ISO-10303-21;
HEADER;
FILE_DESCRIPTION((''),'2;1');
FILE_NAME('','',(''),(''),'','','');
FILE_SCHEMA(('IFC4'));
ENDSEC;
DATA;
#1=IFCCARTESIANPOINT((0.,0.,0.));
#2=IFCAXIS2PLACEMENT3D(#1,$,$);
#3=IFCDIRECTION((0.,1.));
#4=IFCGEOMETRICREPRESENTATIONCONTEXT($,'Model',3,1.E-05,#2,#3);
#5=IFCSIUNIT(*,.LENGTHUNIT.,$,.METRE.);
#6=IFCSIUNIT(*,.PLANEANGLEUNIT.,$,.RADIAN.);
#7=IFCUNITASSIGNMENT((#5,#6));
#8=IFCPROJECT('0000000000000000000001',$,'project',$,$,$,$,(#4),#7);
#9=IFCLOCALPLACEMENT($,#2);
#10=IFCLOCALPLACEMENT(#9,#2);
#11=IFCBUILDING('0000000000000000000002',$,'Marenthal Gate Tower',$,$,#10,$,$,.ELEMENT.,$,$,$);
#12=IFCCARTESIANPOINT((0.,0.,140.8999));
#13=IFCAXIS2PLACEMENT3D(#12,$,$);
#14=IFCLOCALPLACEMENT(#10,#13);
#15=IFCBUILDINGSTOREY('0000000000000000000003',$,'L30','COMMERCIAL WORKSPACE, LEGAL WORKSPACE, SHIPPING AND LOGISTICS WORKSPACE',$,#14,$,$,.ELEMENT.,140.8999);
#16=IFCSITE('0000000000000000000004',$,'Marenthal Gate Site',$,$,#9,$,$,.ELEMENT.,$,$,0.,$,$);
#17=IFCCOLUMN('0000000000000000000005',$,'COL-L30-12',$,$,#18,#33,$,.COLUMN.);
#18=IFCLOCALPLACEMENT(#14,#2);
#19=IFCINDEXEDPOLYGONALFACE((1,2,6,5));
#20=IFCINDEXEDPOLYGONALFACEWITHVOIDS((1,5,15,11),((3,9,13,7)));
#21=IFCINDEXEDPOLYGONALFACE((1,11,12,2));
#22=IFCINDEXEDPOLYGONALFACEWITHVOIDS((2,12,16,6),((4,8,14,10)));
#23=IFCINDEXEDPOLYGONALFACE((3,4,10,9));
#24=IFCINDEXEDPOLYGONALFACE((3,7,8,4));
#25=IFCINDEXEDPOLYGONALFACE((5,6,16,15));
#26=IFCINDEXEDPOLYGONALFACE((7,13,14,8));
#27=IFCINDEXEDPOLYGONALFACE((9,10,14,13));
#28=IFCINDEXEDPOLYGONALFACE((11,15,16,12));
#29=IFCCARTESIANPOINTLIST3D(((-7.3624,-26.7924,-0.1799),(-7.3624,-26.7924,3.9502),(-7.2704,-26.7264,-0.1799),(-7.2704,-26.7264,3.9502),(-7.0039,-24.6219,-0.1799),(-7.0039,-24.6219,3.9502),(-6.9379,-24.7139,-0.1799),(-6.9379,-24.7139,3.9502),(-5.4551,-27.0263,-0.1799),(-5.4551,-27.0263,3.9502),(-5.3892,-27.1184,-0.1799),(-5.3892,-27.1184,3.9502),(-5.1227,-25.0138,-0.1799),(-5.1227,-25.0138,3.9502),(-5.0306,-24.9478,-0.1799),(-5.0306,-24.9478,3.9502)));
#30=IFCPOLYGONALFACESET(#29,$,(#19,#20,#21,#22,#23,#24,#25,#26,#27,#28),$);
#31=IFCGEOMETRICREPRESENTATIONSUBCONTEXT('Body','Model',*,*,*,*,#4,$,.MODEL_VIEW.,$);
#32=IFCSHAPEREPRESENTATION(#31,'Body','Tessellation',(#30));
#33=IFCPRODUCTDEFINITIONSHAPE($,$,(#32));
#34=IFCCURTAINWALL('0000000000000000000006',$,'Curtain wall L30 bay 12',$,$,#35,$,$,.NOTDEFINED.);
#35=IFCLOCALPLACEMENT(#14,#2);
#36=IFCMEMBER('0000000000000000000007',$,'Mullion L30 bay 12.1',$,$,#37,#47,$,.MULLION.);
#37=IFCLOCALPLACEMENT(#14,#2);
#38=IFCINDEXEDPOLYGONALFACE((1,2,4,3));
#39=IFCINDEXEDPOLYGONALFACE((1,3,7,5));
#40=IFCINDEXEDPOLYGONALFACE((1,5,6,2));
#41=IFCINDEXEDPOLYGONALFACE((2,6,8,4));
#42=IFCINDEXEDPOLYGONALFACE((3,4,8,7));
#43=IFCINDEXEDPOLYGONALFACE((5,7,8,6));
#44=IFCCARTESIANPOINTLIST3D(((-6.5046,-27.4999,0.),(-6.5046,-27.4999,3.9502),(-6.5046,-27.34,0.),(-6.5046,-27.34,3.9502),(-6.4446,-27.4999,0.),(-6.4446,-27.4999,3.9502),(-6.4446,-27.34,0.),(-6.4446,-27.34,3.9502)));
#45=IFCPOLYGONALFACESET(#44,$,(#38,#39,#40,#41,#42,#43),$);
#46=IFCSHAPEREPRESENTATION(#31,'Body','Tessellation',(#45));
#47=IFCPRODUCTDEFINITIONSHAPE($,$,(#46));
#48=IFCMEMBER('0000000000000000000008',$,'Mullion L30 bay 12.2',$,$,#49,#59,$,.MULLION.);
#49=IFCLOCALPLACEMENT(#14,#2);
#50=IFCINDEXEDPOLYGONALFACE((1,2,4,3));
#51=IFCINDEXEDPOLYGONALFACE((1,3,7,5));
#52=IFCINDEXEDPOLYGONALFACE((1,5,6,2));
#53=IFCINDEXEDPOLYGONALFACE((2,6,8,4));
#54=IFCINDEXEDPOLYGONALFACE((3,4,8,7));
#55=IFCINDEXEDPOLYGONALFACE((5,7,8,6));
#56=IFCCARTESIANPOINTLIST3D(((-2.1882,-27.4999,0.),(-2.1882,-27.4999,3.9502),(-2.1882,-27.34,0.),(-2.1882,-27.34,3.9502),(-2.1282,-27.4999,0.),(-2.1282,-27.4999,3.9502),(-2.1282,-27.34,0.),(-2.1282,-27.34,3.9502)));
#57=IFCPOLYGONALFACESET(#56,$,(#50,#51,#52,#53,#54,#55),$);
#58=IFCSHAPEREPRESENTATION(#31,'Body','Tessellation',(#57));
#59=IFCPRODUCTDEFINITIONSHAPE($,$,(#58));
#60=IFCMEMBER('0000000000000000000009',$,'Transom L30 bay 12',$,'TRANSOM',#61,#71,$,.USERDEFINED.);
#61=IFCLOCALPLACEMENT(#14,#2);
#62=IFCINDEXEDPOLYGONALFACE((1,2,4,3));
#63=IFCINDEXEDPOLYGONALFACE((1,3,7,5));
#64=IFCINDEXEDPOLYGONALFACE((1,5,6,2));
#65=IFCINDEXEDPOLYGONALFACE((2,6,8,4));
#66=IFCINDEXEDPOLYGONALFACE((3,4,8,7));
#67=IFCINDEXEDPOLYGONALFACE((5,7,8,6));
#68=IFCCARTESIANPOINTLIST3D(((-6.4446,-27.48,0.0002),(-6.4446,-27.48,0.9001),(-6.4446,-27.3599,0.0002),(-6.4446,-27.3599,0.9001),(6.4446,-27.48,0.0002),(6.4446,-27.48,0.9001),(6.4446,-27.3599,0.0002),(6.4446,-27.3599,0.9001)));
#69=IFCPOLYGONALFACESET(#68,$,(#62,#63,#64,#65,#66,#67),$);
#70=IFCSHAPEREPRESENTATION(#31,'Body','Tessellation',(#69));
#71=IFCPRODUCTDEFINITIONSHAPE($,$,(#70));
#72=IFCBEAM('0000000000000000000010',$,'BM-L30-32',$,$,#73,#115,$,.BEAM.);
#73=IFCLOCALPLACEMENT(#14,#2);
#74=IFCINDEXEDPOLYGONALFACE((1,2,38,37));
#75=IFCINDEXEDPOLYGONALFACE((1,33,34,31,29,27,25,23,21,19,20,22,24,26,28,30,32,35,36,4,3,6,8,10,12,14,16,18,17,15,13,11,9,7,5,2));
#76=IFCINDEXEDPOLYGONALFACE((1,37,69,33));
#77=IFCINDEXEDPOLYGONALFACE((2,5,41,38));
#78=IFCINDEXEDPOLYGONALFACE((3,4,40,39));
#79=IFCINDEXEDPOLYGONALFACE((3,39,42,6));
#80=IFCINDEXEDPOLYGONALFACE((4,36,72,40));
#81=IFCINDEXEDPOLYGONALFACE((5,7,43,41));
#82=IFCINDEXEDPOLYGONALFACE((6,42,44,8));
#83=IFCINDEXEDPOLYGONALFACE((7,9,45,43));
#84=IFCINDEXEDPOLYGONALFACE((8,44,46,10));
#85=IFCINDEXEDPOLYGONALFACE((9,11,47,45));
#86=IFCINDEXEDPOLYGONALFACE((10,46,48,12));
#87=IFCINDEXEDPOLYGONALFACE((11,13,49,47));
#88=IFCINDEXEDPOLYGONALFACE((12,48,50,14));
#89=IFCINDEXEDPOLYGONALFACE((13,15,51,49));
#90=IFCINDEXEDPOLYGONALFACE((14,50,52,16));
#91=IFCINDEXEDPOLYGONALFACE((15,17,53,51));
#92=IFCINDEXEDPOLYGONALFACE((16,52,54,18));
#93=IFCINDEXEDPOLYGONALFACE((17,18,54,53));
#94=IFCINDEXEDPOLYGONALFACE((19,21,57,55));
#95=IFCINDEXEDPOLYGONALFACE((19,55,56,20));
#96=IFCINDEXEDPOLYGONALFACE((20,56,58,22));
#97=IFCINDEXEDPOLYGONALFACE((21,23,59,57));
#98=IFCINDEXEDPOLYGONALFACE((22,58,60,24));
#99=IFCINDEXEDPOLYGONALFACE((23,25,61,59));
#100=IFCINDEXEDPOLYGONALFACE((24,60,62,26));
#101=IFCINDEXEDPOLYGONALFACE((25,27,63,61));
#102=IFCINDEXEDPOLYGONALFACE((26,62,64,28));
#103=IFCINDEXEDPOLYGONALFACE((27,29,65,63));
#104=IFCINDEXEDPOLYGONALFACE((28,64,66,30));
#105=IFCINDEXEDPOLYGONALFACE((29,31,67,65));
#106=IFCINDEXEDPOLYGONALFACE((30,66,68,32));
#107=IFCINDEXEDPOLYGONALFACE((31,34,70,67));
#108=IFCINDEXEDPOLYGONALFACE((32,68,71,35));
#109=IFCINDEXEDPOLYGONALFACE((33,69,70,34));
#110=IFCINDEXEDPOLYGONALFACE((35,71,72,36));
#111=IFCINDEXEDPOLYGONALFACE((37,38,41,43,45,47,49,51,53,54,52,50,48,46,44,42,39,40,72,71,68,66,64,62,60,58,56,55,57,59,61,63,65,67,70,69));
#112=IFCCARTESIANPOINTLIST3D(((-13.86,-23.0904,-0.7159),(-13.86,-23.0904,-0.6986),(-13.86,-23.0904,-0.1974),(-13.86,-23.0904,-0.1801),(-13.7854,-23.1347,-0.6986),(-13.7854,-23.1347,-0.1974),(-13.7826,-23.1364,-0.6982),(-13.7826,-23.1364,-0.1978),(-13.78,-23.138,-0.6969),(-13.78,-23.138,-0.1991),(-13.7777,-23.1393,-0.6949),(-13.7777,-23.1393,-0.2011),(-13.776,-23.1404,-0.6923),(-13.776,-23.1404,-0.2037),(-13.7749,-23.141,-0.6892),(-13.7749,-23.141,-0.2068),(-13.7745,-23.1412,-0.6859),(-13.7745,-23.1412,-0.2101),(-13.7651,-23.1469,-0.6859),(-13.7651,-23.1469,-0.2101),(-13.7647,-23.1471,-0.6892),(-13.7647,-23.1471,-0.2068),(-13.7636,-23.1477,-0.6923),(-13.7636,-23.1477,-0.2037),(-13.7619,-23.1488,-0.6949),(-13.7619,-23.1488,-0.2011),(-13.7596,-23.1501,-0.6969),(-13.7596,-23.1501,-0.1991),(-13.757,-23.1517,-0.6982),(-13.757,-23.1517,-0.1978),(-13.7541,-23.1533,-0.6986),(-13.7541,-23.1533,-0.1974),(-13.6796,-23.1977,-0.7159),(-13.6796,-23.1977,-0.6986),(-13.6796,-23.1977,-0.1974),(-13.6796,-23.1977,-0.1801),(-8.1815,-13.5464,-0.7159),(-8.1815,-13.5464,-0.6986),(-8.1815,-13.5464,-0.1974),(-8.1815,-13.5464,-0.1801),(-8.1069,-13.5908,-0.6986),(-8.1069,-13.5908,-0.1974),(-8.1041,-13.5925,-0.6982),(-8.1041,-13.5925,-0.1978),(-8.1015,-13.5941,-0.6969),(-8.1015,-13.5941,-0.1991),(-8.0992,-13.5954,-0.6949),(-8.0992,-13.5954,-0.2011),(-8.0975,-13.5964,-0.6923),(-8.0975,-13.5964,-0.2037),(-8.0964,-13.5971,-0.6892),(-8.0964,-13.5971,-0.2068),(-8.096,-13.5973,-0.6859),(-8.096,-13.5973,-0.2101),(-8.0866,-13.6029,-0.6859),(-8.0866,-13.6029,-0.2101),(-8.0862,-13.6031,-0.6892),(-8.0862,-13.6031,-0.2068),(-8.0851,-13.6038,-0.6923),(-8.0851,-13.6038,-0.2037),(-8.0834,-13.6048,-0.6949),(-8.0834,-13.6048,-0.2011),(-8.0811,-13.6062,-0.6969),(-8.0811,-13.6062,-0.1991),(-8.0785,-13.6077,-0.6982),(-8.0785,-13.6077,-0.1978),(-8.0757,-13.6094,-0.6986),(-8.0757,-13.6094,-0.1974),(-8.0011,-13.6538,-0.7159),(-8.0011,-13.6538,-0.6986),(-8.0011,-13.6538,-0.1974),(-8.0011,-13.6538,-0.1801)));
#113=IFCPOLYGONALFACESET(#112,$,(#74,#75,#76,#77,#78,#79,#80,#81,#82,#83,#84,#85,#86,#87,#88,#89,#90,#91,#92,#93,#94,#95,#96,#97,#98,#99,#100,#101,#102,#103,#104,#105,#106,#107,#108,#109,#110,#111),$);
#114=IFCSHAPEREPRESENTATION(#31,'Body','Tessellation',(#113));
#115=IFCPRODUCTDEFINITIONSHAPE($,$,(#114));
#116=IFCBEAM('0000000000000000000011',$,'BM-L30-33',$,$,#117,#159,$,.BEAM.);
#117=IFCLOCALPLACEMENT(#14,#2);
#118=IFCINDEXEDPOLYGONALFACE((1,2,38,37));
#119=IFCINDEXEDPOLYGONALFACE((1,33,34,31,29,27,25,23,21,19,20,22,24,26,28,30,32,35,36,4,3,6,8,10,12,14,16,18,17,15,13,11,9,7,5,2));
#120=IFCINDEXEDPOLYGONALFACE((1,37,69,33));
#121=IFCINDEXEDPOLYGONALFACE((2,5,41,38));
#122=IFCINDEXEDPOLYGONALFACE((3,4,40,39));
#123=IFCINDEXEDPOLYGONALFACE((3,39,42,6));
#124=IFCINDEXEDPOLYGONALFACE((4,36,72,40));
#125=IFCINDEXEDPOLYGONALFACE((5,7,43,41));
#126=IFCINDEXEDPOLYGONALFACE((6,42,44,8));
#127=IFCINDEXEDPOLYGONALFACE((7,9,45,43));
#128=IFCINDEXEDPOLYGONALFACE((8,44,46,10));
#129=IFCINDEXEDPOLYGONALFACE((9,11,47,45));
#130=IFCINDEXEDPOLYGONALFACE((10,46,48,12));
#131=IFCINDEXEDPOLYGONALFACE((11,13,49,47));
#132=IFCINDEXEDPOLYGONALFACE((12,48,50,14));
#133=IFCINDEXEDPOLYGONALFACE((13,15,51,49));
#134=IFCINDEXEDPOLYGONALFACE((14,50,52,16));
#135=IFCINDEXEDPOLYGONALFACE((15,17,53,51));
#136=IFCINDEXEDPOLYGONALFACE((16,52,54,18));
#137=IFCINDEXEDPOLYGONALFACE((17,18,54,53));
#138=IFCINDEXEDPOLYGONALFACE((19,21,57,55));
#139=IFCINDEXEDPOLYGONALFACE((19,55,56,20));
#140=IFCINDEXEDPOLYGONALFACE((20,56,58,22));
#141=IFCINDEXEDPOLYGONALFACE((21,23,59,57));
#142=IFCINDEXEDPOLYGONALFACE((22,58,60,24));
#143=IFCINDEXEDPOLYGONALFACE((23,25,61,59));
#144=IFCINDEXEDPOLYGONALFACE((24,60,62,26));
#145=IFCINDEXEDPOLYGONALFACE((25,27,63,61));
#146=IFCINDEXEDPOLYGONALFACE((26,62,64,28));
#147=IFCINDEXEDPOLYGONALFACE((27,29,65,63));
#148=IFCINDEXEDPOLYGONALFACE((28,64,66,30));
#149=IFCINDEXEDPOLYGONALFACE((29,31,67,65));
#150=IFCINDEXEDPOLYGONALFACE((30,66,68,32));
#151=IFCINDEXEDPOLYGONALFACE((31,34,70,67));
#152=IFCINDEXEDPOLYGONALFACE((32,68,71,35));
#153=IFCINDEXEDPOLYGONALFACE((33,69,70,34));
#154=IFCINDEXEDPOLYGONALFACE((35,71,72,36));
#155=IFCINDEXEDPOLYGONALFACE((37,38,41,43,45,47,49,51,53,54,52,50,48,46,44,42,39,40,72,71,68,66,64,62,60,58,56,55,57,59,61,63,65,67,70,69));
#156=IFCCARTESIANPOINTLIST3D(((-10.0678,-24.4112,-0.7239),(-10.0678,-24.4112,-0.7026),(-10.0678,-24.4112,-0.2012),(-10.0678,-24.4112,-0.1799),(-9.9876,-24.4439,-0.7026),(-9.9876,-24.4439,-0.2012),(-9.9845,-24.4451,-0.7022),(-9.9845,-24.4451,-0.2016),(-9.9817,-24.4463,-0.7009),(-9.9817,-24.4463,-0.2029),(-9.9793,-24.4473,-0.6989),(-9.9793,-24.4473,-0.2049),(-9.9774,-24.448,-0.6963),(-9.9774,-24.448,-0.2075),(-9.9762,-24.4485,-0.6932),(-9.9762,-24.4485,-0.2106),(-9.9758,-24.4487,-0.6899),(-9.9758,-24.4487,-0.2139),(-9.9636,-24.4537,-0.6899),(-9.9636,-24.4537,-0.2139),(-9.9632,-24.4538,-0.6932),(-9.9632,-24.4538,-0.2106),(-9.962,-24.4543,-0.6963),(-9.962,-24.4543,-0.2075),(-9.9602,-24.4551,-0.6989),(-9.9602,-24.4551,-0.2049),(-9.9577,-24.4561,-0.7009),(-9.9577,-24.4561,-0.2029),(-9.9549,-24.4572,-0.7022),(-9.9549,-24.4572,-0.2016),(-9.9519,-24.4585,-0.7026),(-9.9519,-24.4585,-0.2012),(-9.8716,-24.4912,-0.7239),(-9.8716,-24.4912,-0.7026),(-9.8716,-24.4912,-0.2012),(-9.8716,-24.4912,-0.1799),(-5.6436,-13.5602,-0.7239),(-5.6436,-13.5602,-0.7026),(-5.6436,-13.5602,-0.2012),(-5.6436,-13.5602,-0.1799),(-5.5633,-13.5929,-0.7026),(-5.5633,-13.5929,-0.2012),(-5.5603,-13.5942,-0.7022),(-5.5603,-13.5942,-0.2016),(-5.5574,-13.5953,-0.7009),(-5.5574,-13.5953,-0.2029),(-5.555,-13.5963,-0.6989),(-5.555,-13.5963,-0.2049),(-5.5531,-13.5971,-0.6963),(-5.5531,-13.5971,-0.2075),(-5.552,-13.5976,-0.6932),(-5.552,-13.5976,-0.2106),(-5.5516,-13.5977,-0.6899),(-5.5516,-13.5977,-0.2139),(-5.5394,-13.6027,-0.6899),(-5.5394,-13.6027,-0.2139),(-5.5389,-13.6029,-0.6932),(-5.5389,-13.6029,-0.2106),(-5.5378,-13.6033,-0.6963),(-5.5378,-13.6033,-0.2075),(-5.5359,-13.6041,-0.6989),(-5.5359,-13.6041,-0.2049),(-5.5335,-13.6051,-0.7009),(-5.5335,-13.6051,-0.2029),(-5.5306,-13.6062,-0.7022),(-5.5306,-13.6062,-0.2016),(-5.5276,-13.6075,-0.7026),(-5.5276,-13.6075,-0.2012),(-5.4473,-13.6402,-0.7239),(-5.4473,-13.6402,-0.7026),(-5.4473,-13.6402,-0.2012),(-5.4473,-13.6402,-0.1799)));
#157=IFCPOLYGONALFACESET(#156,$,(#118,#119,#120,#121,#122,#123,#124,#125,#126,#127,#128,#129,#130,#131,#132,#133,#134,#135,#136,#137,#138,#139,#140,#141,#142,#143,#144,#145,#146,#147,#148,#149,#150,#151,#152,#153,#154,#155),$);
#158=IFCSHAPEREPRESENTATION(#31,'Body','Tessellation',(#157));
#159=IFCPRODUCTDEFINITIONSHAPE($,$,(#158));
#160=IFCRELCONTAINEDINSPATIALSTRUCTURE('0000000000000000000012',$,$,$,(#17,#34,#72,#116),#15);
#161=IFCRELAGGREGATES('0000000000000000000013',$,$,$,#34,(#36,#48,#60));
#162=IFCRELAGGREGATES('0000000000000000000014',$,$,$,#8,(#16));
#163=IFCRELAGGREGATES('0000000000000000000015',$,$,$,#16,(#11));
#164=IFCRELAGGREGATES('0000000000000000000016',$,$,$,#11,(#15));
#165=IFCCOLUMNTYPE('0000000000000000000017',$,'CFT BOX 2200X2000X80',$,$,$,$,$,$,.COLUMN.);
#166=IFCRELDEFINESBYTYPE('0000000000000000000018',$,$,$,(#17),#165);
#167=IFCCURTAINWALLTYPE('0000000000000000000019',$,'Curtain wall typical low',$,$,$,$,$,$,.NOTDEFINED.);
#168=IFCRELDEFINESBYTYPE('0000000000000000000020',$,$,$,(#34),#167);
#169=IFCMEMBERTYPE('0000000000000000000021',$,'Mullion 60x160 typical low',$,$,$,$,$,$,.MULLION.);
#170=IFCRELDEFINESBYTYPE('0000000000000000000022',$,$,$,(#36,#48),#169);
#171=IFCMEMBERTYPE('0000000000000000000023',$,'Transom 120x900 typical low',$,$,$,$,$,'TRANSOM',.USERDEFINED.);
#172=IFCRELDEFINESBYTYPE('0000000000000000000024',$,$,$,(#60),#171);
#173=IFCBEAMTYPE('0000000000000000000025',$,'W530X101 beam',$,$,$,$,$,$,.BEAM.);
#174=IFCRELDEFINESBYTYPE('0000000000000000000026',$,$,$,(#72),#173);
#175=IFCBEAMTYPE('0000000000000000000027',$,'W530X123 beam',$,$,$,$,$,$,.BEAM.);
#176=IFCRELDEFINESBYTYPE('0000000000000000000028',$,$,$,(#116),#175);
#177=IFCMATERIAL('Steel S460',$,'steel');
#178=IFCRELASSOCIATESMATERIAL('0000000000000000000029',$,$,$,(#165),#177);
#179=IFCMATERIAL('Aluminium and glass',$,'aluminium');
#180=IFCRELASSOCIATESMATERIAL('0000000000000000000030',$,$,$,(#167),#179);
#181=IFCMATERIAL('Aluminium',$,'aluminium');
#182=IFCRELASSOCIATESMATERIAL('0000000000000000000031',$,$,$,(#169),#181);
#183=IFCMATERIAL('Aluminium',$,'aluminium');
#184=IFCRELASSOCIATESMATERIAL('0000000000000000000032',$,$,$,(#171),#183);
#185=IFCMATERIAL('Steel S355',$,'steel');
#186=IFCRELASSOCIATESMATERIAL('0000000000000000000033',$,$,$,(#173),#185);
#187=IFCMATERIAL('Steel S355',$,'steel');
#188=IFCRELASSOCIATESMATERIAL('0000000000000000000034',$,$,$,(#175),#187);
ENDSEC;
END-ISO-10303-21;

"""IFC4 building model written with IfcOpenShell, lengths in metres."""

from ifc_helpers import new_model, si_unit, direction, frame, origin, origin_2d, place, context, subcontext, project, spatial, rectangle, hollow_rectangle, i_section, extrude, material, material_profile, profile_set, type_object, element, aggregate, save


model = new_model("IFC4")

# Units and contexts
model_context = context("Model", 3, precision=1e-05, world=origin(), true_north=direction((0.0, 1.0)))
body_context = subcontext(model_context, "Body", "Model", "MODEL_VIEW")
ifc_project = project(units=[si_unit("LENGTHUNIT", "METRE"), si_unit("PLANEANGLEUNIT", "RADIAN")], contexts=[model_context])

# Site, building, storey
site_placement = place(None, origin())
site = spatial("IfcSite", under=ifc_project, at=site_placement, Name="Marenthal Gate Site", CompositionType="ELEMENT", RefElevation=0.0)
building_placement = place(site_placement, origin())
building = spatial("IfcBuilding", under=site, at=building_placement, Name="Marenthal Gate Tower", CompositionType="ELEMENT")
storey_placement = place(building_placement, frame((0.0, 0.0, 140.8999)))
storey = spatial("IfcBuildingStorey", under=building, at=storey_placement, Name="L30", Description="COMMERCIAL WORKSPACE, LEGAL WORKSPACE, SHIPPING AND LOGISTICS WORKSPACE", CompositionType="ELEMENT", Elevation=140.8999)

# Column
ifc_material_1 = material(Name="Steel S460", Category="steel")
ifc_material_profile_1 = material_profile(ifc_material_1, hollow_rectangle(XDim=2.0, YDim=2.2, WallThickness=0.0801, at=origin_2d()), Name="CFT BOX 2200X2000X80")
ifc_material_2 = material(Name="Concrete 70 MPa", Category="concrete")
ifc_material_profile_2 = material_profile(ifc_material_2, rectangle(XDim=1.8401, YDim=2.04, at=origin_2d()), Name="CFT BOX 2200X2000X80 INFILL")
ifc_profile_set_1 = profile_set([ifc_material_profile_1, ifc_material_profile_2], Name="Steel S460 shell, Concrete 70 MPa infill")
column_type = type_object("IfcColumnType", Name="CFT BOX 2200X2000X80", PredefinedType="COLUMN", material=ifc_profile_set_1)
column_placement = place(storey_placement, frame((-6.1965, -25.8701, -0.1799), z_axis=(0.0, 0.0, 1.0), x_axis=(-0.986629, 0.16298, 0.0)))
element("IfcColumn", 1, at=column_placement, inside=storey, type_object=column_type, Name="COL-L30-12", PredefinedType="COLUMN", context=body_context, shape_type="SweptSolid", body=[
    extrude(hollow_rectangle(XDim=2.0, YDim=2.2, WallThickness=0.0801, at=origin_2d()), origin(), (0.0, 0.0, 1.0), 4.1301),
])

# Curtain wall, members
ifc_material_3 = material(Name="Aluminium and glass", Category="aluminium")
curtain_wall_type = type_object("IfcCurtainWallType", Name="Curtain wall typical low", PredefinedType="NOTDEFINED", material=ifc_material_3)
curtain_wall_placement = place(storey_placement, origin())
curtain_wall = element("IfcCurtainWall", 2, at=curtain_wall_placement, inside=storey, type_object=curtain_wall_type, Name="Curtain wall L30 bay 12", PredefinedType="NOTDEFINED")
ifc_material_4 = material(Name="Aluminium", Category="aluminium")
ifc_material_profile_3 = material_profile(ifc_material_4, rectangle(XDim=0.1599, YDim=0.0601, at=origin_2d()), Name="60x160 aluminium mullion")
ifc_profile_set_2 = profile_set([ifc_material_profile_3], Name="Aluminium")
member_type_1 = type_object("IfcMemberType", Name="Mullion 60x160 typical low", PredefinedType="MULLION", material=ifc_profile_set_2)
member_1_placement = place(storey_placement, frame((-6.4746, -27.4199, 0.0), z_axis=(0.0, 0.0, 1.0), x_axis=(0.0, 1.0, 0.0)))
member_1 = element("IfcMember", 3, at=member_1_placement, type_object=member_type_1, Name="Mullion L30 bay 12.1", PredefinedType="MULLION", context=body_context, shape_type="SweptSolid", body=[
    extrude(rectangle(XDim=0.1599, YDim=0.0601, at=origin_2d()), origin(), (0.0, 0.0, 1.0), 3.9502),
])
member_2_placement = place(storey_placement, frame((-2.1582, -27.4199, 0.0), z_axis=(0.0, 0.0, 1.0), x_axis=(0.0, 1.0, 0.0)))
member_2 = element("IfcMember", 4, at=member_2_placement, type_object=member_type_1, Name="Mullion L30 bay 12.2", PredefinedType="MULLION", context=body_context, shape_type="SweptSolid", body=[
    extrude(rectangle(XDim=0.1599, YDim=0.0601, at=origin_2d()), origin(), (0.0, 0.0, 1.0), 3.9502),
])
ifc_material_5 = material(Name="Aluminium", Category="aluminium")
ifc_material_profile_4 = material_profile(ifc_material_5, rectangle(XDim=0.1201, YDim=0.8999, at=origin_2d()), Name="120x900 aluminium transom")
ifc_profile_set_3 = profile_set([ifc_material_profile_4], Name="Aluminium")
member_type_2 = type_object("IfcMemberType", Name="Transom 120x900 typical low", ElementType="TRANSOM", PredefinedType="USERDEFINED", material=ifc_profile_set_3)
member_3_placement = place(storey_placement, frame((-6.4446, -27.4199, 0.4502), z_axis=(1.0, 0.0, 0.0), x_axis=(0.0, 1.0, 0.0)))
member_3 = element("IfcMember", 5, at=member_3_placement, type_object=member_type_2, Name="Transom L30 bay 12", ObjectType="TRANSOM", PredefinedType="USERDEFINED", context=body_context, shape_type="SweptSolid", body=[
    extrude(rectangle(XDim=0.1201, YDim=0.8999, at=origin_2d()), origin(), (0.0, 0.0, 1.0), 12.8892),
])

# Beams
ifc_material_6 = material(Name="Steel S355", Category="steel")
ifc_material_profile_5 = material_profile(ifc_material_6, i_section(OverallWidth=0.21, OverallDepth=0.5359, WebThickness=0.011, FlangeThickness=0.0173, FilletRadius=0.0127, at=origin_2d()), Name="W530X101")
ifc_profile_set_4 = profile_set([ifc_material_profile_5], Name="Steel S355")
beam_type_1 = type_object("IfcBeamType", Name="W530X101 beam", PredefinedType="BEAM", material=ifc_profile_set_4)
beam_1_placement = place(storey_placement, frame((-13.7698, -23.144, -0.448), z_axis=(0.511321, 0.85939, 0.0), x_axis=(-0.85939, 0.511321, 0.0)))
element("IfcBeam", 6, at=beam_1_placement, inside=storey, type_object=beam_type_1, Name="BM-L30-32", PredefinedType="BEAM", context=body_context, shape_type="SweptSolid", body=[
    extrude(i_section(OverallWidth=0.21, OverallDepth=0.5359, WebThickness=0.011, FlangeThickness=0.0173, FilletRadius=0.0127, at=origin_2d()), origin(), (0.0, 0.0, 1.0), 11.1055),
])
ifc_material_7 = material(Name="Steel S355", Category="steel")
ifc_material_profile_6 = material_profile(ifc_material_7, i_section(OverallWidth=0.2119, OverallDepth=0.5439, WebThickness=0.0132, FlangeThickness=0.0212, FilletRadius=0.0127, at=origin_2d()), Name="W530X123")
ifc_profile_set_5 = profile_set([ifc_material_profile_6], Name="Steel S355")
beam_type_2 = type_object("IfcBeamType", Name="W530X123 beam", PredefinedType="BEAM", material=ifc_profile_set_5)
beam_2_placement = place(storey_placement, frame((-9.9697, -24.4512, -0.4519), z_axis=(0.377554, 0.925988, 0.0), x_axis=(-0.925988, 0.377554, 0.0)))
element("IfcBeam", 7, at=beam_2_placement, inside=storey, type_object=beam_type_2, Name="BM-L30-33", PredefinedType="BEAM", context=body_context, shape_type="SweptSolid", body=[
    extrude(i_section(OverallWidth=0.2119, OverallDepth=0.5439, WebThickness=0.0132, FlangeThickness=0.0212, FilletRadius=0.0127, at=origin_2d()), origin(), (0.0, 0.0, 1.0), 11.7183),
])

aggregate(curtain_wall, [member_1, member_2, member_3])

save(model, "model.ifc")
